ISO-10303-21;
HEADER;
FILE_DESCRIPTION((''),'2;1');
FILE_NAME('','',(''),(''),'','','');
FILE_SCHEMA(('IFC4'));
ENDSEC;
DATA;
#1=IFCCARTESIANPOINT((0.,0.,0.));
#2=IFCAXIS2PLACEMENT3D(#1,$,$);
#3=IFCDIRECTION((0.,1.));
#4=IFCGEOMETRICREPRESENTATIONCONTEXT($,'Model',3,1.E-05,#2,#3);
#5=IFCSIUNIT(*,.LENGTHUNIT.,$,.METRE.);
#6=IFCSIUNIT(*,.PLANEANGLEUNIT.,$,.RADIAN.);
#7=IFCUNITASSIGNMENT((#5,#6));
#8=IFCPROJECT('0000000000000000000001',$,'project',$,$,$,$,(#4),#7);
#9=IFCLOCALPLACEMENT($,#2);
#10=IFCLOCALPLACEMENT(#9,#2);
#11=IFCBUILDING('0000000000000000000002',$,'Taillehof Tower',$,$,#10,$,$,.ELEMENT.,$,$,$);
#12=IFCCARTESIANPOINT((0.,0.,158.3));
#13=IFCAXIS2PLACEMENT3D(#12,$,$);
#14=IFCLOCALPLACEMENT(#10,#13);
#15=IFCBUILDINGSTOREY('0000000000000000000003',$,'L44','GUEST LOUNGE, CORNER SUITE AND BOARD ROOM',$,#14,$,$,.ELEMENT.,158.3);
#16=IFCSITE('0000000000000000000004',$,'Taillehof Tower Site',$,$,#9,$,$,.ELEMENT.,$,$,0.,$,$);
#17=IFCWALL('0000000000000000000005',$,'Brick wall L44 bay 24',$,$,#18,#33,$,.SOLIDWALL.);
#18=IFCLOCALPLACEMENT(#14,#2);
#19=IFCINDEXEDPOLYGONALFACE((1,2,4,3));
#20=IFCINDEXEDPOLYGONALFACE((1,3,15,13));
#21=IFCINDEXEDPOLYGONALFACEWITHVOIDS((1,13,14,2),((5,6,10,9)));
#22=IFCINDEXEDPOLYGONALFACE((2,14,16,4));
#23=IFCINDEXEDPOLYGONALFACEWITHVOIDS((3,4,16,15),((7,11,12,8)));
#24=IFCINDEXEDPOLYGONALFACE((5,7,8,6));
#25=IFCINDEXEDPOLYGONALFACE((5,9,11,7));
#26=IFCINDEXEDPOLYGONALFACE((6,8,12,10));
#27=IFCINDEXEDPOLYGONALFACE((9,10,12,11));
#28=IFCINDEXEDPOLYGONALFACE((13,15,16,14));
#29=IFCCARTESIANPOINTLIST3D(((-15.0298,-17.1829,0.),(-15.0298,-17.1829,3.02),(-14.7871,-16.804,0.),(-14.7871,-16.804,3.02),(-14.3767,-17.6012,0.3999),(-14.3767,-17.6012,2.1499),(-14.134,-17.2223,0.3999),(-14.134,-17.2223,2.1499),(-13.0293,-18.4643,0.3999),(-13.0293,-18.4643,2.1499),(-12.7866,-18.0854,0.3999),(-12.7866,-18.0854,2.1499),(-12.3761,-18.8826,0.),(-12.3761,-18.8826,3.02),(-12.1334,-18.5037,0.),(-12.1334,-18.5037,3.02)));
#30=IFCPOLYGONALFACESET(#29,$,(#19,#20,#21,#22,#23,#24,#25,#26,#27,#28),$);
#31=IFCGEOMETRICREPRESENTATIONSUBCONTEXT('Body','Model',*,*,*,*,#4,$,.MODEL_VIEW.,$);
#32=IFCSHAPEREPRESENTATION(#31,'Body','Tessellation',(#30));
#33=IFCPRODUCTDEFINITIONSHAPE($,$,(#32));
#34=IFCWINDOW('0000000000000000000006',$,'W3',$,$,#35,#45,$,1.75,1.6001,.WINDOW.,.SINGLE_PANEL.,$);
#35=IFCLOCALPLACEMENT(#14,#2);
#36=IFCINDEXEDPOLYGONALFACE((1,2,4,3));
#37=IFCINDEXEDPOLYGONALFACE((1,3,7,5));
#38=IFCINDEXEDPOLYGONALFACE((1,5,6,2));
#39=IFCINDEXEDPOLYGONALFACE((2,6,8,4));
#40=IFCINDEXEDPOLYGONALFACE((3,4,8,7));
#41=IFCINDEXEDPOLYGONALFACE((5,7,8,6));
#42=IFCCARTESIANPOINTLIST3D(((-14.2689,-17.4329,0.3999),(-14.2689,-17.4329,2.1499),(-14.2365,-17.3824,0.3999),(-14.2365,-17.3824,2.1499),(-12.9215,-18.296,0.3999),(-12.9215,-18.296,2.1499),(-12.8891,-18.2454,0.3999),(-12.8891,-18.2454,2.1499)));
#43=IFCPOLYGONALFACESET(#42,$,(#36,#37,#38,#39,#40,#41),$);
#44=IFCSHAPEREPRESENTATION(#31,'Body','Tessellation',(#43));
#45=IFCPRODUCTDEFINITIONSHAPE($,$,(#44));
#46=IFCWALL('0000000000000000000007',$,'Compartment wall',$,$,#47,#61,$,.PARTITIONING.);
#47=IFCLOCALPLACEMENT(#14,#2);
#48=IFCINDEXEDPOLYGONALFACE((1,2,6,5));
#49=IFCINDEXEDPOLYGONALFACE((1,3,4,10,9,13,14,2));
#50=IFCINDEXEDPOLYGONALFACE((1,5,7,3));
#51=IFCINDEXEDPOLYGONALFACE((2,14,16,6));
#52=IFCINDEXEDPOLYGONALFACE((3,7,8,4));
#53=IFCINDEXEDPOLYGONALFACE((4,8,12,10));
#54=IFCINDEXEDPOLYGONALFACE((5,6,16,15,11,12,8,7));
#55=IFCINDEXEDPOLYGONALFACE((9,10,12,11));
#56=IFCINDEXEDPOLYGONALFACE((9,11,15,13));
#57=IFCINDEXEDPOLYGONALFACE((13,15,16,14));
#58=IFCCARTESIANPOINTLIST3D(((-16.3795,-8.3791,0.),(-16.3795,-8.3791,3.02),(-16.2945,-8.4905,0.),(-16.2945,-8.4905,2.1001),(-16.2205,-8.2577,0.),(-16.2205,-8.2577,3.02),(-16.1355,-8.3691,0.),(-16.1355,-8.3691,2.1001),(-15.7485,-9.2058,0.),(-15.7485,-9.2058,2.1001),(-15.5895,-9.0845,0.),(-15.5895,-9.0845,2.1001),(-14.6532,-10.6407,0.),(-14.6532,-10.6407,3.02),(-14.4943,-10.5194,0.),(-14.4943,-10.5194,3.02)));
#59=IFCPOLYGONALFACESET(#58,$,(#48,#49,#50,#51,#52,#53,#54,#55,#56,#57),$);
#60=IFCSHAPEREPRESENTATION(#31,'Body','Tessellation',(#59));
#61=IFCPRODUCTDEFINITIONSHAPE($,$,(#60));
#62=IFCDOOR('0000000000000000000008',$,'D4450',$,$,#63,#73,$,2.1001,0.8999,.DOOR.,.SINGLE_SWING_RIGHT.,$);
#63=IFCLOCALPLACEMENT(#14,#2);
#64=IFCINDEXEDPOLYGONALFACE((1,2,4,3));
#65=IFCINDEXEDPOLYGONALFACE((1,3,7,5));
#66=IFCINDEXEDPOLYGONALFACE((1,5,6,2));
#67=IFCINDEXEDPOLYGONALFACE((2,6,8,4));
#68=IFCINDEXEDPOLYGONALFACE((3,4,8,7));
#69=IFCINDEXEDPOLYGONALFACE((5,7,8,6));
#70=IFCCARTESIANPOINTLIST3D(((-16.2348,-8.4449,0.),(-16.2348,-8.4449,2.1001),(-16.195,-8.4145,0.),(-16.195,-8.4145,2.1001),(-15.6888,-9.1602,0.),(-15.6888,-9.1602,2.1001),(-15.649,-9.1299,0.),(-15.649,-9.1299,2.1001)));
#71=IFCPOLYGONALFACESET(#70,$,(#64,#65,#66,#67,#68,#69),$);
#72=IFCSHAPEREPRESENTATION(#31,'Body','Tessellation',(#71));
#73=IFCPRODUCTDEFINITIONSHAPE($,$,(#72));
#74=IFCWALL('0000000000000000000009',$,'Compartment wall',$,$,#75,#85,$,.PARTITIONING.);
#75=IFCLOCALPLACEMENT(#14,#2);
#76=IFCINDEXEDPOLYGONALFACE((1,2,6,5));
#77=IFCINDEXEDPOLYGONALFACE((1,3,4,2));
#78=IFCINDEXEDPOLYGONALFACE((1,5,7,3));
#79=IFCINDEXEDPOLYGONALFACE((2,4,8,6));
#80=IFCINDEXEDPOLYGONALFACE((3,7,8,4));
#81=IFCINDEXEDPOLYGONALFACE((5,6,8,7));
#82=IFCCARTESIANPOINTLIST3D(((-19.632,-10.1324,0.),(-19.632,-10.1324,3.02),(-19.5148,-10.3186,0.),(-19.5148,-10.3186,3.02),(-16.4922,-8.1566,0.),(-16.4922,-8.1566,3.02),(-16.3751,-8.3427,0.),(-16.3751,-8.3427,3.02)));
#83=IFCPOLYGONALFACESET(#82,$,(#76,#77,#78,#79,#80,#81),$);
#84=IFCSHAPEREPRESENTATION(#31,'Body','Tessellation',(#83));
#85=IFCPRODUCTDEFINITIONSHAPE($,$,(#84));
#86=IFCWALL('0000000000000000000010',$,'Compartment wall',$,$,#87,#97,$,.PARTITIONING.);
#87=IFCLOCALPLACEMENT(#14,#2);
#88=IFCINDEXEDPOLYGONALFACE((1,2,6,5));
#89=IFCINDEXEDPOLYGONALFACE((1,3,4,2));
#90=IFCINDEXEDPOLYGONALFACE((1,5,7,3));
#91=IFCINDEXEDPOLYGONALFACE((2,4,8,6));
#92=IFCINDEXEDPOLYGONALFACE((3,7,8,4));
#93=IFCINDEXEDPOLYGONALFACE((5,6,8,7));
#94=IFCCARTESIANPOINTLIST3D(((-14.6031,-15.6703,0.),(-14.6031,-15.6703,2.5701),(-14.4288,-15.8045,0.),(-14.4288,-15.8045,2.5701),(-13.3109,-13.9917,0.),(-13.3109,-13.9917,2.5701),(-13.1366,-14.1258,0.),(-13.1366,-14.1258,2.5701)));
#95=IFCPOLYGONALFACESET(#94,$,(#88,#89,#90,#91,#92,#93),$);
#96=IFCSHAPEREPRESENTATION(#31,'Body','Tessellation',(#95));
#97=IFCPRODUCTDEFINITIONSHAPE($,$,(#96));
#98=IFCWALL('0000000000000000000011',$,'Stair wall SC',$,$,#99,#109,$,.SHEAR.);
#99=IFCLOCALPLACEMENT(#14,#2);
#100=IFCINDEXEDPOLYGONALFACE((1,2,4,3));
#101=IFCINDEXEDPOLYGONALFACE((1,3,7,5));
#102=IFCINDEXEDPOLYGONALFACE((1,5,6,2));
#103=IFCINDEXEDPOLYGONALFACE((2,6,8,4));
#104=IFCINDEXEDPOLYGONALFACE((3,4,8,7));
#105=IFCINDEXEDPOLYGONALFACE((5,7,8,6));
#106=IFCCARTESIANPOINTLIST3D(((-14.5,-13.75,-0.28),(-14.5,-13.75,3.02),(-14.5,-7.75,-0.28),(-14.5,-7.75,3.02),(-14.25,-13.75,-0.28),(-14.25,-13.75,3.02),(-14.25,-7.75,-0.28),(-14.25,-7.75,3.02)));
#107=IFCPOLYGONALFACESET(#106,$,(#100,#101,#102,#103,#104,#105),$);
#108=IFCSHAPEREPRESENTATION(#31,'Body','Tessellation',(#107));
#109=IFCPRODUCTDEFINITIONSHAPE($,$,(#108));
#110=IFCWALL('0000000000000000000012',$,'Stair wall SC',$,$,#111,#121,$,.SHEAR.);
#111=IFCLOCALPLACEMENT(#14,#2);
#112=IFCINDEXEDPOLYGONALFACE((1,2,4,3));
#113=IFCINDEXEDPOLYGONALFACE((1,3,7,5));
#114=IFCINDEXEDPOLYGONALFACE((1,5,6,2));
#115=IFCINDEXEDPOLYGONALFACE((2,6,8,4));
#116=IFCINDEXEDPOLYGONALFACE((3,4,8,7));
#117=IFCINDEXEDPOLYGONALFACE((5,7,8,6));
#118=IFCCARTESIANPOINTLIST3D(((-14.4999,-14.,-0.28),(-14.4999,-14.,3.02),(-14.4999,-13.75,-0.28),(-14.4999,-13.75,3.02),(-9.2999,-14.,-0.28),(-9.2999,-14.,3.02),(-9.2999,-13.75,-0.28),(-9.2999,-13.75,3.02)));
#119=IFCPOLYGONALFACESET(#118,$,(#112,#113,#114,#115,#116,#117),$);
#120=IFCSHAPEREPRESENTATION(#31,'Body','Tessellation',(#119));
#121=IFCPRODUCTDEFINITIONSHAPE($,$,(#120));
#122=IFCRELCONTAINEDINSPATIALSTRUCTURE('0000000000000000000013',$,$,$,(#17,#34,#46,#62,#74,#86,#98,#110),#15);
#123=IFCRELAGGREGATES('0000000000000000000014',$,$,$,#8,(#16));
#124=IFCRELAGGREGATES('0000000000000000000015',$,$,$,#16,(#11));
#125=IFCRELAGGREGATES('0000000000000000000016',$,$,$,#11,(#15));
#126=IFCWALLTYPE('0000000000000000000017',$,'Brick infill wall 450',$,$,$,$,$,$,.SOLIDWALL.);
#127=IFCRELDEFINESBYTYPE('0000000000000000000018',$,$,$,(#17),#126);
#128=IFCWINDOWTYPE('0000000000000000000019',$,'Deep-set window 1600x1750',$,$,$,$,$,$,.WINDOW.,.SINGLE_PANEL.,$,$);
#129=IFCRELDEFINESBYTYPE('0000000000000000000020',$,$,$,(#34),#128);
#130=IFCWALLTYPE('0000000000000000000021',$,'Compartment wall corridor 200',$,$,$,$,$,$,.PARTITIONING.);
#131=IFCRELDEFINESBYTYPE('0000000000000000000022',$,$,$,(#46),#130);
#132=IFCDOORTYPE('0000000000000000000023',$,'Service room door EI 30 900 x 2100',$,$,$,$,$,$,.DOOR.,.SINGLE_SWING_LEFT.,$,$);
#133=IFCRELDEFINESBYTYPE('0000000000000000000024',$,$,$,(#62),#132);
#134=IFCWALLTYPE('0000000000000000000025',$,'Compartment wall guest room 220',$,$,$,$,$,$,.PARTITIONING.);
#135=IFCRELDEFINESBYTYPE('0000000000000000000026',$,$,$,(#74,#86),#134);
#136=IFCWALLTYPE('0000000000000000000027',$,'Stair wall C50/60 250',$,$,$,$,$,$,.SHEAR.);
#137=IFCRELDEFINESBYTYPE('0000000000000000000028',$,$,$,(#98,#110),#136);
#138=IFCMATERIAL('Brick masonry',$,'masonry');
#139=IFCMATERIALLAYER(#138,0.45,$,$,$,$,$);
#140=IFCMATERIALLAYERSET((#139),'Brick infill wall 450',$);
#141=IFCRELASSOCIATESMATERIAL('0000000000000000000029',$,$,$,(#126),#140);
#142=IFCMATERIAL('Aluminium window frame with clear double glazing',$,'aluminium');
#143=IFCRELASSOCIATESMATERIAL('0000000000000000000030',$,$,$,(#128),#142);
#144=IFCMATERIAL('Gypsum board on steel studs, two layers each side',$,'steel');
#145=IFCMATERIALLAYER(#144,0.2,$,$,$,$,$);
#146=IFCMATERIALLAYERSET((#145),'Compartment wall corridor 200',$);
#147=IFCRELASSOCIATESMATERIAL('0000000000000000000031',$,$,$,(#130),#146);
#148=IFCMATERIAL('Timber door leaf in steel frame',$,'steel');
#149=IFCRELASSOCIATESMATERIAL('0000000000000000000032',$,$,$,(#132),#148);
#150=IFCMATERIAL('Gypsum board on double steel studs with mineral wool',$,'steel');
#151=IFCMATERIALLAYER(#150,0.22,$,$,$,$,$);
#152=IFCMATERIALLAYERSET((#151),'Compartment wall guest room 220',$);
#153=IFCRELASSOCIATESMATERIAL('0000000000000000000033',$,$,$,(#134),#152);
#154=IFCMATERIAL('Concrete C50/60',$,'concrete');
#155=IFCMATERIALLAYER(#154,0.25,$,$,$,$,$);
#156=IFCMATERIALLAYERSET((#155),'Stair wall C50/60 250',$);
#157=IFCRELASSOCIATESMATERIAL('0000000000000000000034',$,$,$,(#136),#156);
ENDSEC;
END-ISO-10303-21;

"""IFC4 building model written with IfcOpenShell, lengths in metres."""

from ifc_helpers import new_model, si_unit, direction, frame, frame_2d, origin, place, context, subcontext, project, spatial, rectangle, extrude, material, layer, layer_set, type_object, element, fill, save


model = new_model("IFC4")

# Units and contexts
model_context = context("Model", 3, precision=1e-05, world=origin(), true_north=direction((0.0, 1.0)))
body_context = subcontext(model_context, "Body", "Model", "MODEL_VIEW")
ifc_project = project(units=[si_unit("LENGTHUNIT", "METRE"), si_unit("PLANEANGLEUNIT", "RADIAN")], contexts=[model_context])

# Site, building, storey
site_placement = place(None, origin())
site = spatial("IfcSite", under=ifc_project, at=site_placement, Name="Taillehof Tower Site", CompositionType="ELEMENT", RefElevation=0.0)
building_placement = place(site_placement, origin())
building = spatial("IfcBuilding", under=site, at=building_placement, Name="Taillehof Tower", CompositionType="ELEMENT")
storey_placement = place(building_placement, frame((0.0, 0.0, 158.3)))
storey = spatial("IfcBuildingStorey", under=building, at=storey_placement, Name="L44", Description="GUEST LOUNGE, CORNER SUITE AND BOARD ROOM", CompositionType="ELEMENT", Elevation=158.3)

# Wall, opening, window
ifc_material_1 = material(Name="Brick masonry", Category="masonry")
ifc_layer_1 = layer(ifc_material_1, 0.45)
ifc_layer_set_1 = layer_set([ifc_layer_1], Name="Brick infill wall 450")
wall_type_1 = type_object("IfcWallType", Name="Brick infill wall 450", PredefinedType="SOLIDWALL", material=ifc_layer_set_1)
ifc_material_2 = material(Name="Aluminium window frame with clear double glazing", Category="aluminium")
window_type = type_object("IfcWindowType", Name="Deep-set window 1600x1750", PartitioningType="SINGLE_PANEL", PredefinedType="WINDOW", material=ifc_material_2)
wall_1_placement = place(storey_placement, frame((-14.9084, -16.9934, 0.0), z_axis=(0.0, 0.0, 1.0), x_axis=(0.842066, -0.539375, 0.0)))
wall_1 = element("IfcWall", 1, at=wall_1_placement, inside=storey, type_object=wall_type_1, Name="Brick wall L44 bay 24", PredefinedType="SOLIDWALL", context=body_context, shape_type="SweptSolid", body=[
    extrude(rectangle(XDim=3.1514, YDim=0.45, at=frame_2d((1.5757, 0.0))), origin(), (0.0, 0.0, 1.0), 3.02),
])
opening_1_placement = place(wall_1_placement, frame((0.7756, 0.0, 0.3999)))
opening_1 = element("IfcOpeningElement", 2, at=opening_1_placement, cuts=wall_1, PredefinedType="OPENING", context=body_context, shape_type="SweptSolid", body=[
    extrude(rectangle(XDim=1.6001, YDim=1.75, at=frame_2d((0.8, 0.875))), frame((0.0, 0.2349, 0.0), z_axis=(0.0, -1.0, 0.0), x_axis=(1.0, 0.0, 0.0)), (0.0, 0.0, 1.0), 0.47),
])
window_1_placement = place(opening_1_placement, origin())
window_1 = element("IfcWindow", 3, at=window_1_placement, inside=storey, type_object=window_type, Name="W3", OverallHeight=1.75, OverallWidth=1.6001, PartitioningType="SINGLE_PANEL", PredefinedType="WINDOW", context=body_context, shape_type="SweptSolid", body=[
    extrude(rectangle(XDim=1.6001, YDim=1.75, at=frame_2d((0.8, 0.875))), frame((0.0, 0.0349, 0.0), z_axis=(0.0, -1.0, 0.0), x_axis=(1.0, 0.0, 0.0)), (0.0, 0.0, 1.0), 0.0601),
])
fill(opening_1, window_1)

# Wall, opening, door
ifc_material_3 = material(Name="Gypsum board on steel studs, two layers each side", Category="steel")
ifc_layer_2 = layer(ifc_material_3, 0.2)
ifc_layer_set_2 = layer_set([ifc_layer_2], Name="Compartment wall corridor 200")
wall_type_2 = type_object("IfcWallType", Name="Compartment wall corridor 200", PredefinedType="PARTITIONING", material=ifc_layer_set_2)
wall_2_placement = place(storey_placement, frame((-14.5737, -10.5801, 0.0), z_axis=(0.0, 0.0, 1.0), x_axis=(-0.606733, 0.794906, 0.0)))
wall_2 = element("IfcWall", 4, at=wall_2_placement, inside=storey, type_object=wall_type_2, Name="Compartment wall", PredefinedType="PARTITIONING", context=body_context, shape_type="SweptSolid", body=[
    extrude(rectangle(XDim=2.8452, YDim=0.2, at=frame_2d((1.4226, 0.0))), origin(), (0.0, 0.0, 1.0), 3.02),
])
opening_2_placement = place(wall_2_placement, frame((1.8052, 0.0, 0.0)))
opening_2 = element("IfcOpeningElement", 5, at=opening_2_placement, cuts=wall_2, PredefinedType="OPENING", context=body_context, shape_type="SweptSolid", body=[
    extrude(rectangle(XDim=0.8999, YDim=2.1001, at=frame_2d((0.45, 1.05))), frame((0.0, 0.1099, 0.0), z_axis=(0.0, -1.0, 0.0), x_axis=(1.0, 0.0, 0.0)), (0.0, 0.0, 1.0), 0.22),
])
ifc_material_4 = material(Name="Timber door leaf in steel frame", Category="steel")
door_type = type_object("IfcDoorType", Name="Service room door EI 30 900 x 2100", OperationType="SINGLE_SWING_LEFT", PredefinedType="DOOR", material=ifc_material_4)
door_placement = place(opening_2_placement, origin())
door = element("IfcDoor", 6, at=door_placement, inside=storey, type_object=door_type, Name="D4450", OperationType="SINGLE_SWING_RIGHT", OverallHeight=2.1001, OverallWidth=0.8999, PredefinedType="DOOR", context=body_context, shape_type="SweptSolid", body=[
    extrude(rectangle(XDim=0.8999, YDim=2.1001, at=frame_2d((0.45, 1.05))), frame((0.0, 0.0249, 0.0), z_axis=(0.0, -1.0, 0.0), x_axis=(1.0, 0.0, 0.0)), (0.0, 0.0, 1.0), 0.05),
])
fill(opening_2, door)

# Walls
ifc_material_5 = material(Name="Gypsum board on double steel studs with mineral wool", Category="steel")
ifc_layer_3 = layer(ifc_material_5, 0.22)
ifc_layer_set_3 = layer_set([ifc_layer_3], Name="Compartment wall guest room 220")
wall_type_3 = type_object("IfcWallType", Name="Compartment wall guest room 220", PredefinedType="PARTITIONING", material=ifc_layer_set_3)
wall_3_placement = place(storey_placement, frame((-19.5735, -10.2256, 0.0), z_axis=(0.0, 0.0, 1.0), x_axis=(0.846353, 0.532623, 0.0)))
element("IfcWall", 7, at=wall_3_placement, inside=storey, type_object=wall_type_3, Name="Compartment wall", PredefinedType="PARTITIONING", context=body_context, shape_type="SweptSolid", body=[
    extrude(rectangle(XDim=3.7097, YDim=0.22, at=frame_2d((1.855, 0.0))), origin(), (0.0, 0.0, 1.0), 3.02),
])
wall_4_placement = place(storey_placement, frame((-14.5159, -15.7373, 0.0), z_axis=(0.0, 0.0, 1.0), x_axis=(0.609984, 0.792414, 0.0)))
element("IfcWall", 8, at=wall_4_placement, inside=storey, type_object=wall_type_3, Name="Compartment wall", PredefinedType="PARTITIONING", context=body_context, shape_type="SweptSolid", body=[
    extrude(rectangle(XDim=2.1184, YDim=0.22, at=frame_2d((1.0591, 0.0))), origin(), (0.0, 0.0, 1.0), 2.5701),
])
ifc_material_6 = material(Name="Concrete C50/60", Category="concrete")
ifc_layer_4 = layer(ifc_material_6, 0.25)
ifc_layer_set_4 = layer_set([ifc_layer_4], Name="Stair wall C50/60 250")
wall_type_4 = type_object("IfcWallType", Name="Stair wall C50/60 250", PredefinedType="SHEAR", material=ifc_layer_set_4)
wall_5_placement = place(storey_placement, frame((-14.375, -13.75, -0.28), z_axis=(0.0, 0.0, 1.0), x_axis=(0.0, 1.0, 0.0)))
element("IfcWall", 9, at=wall_5_placement, inside=storey, type_object=wall_type_4, Name="Stair wall SC", PredefinedType="SHEAR", context=body_context, shape_type="SweptSolid", body=[
    extrude(rectangle(XDim=6.0, YDim=0.25, at=frame_2d((3.0, 0.0))), origin(), (0.0, 0.0, 1.0), 3.3),
])
wall_6_placement = place(storey_placement, frame((-14.5, -13.875, -0.28), z_axis=(0.0, 0.0, 1.0), x_axis=(1.0, 0.0, 0.0)))
element("IfcWall", 10, at=wall_6_placement, inside=storey, type_object=wall_type_4, Name="Stair wall SC", PredefinedType="SHEAR", context=body_context, shape_type="SweptSolid", body=[
    extrude(rectangle(XDim=5.2, YDim=0.25, at=frame_2d((2.6001, 0.0))), origin(), (0.0, 0.0, 1.0), 3.3),
])

save(model, "model.ifc")
